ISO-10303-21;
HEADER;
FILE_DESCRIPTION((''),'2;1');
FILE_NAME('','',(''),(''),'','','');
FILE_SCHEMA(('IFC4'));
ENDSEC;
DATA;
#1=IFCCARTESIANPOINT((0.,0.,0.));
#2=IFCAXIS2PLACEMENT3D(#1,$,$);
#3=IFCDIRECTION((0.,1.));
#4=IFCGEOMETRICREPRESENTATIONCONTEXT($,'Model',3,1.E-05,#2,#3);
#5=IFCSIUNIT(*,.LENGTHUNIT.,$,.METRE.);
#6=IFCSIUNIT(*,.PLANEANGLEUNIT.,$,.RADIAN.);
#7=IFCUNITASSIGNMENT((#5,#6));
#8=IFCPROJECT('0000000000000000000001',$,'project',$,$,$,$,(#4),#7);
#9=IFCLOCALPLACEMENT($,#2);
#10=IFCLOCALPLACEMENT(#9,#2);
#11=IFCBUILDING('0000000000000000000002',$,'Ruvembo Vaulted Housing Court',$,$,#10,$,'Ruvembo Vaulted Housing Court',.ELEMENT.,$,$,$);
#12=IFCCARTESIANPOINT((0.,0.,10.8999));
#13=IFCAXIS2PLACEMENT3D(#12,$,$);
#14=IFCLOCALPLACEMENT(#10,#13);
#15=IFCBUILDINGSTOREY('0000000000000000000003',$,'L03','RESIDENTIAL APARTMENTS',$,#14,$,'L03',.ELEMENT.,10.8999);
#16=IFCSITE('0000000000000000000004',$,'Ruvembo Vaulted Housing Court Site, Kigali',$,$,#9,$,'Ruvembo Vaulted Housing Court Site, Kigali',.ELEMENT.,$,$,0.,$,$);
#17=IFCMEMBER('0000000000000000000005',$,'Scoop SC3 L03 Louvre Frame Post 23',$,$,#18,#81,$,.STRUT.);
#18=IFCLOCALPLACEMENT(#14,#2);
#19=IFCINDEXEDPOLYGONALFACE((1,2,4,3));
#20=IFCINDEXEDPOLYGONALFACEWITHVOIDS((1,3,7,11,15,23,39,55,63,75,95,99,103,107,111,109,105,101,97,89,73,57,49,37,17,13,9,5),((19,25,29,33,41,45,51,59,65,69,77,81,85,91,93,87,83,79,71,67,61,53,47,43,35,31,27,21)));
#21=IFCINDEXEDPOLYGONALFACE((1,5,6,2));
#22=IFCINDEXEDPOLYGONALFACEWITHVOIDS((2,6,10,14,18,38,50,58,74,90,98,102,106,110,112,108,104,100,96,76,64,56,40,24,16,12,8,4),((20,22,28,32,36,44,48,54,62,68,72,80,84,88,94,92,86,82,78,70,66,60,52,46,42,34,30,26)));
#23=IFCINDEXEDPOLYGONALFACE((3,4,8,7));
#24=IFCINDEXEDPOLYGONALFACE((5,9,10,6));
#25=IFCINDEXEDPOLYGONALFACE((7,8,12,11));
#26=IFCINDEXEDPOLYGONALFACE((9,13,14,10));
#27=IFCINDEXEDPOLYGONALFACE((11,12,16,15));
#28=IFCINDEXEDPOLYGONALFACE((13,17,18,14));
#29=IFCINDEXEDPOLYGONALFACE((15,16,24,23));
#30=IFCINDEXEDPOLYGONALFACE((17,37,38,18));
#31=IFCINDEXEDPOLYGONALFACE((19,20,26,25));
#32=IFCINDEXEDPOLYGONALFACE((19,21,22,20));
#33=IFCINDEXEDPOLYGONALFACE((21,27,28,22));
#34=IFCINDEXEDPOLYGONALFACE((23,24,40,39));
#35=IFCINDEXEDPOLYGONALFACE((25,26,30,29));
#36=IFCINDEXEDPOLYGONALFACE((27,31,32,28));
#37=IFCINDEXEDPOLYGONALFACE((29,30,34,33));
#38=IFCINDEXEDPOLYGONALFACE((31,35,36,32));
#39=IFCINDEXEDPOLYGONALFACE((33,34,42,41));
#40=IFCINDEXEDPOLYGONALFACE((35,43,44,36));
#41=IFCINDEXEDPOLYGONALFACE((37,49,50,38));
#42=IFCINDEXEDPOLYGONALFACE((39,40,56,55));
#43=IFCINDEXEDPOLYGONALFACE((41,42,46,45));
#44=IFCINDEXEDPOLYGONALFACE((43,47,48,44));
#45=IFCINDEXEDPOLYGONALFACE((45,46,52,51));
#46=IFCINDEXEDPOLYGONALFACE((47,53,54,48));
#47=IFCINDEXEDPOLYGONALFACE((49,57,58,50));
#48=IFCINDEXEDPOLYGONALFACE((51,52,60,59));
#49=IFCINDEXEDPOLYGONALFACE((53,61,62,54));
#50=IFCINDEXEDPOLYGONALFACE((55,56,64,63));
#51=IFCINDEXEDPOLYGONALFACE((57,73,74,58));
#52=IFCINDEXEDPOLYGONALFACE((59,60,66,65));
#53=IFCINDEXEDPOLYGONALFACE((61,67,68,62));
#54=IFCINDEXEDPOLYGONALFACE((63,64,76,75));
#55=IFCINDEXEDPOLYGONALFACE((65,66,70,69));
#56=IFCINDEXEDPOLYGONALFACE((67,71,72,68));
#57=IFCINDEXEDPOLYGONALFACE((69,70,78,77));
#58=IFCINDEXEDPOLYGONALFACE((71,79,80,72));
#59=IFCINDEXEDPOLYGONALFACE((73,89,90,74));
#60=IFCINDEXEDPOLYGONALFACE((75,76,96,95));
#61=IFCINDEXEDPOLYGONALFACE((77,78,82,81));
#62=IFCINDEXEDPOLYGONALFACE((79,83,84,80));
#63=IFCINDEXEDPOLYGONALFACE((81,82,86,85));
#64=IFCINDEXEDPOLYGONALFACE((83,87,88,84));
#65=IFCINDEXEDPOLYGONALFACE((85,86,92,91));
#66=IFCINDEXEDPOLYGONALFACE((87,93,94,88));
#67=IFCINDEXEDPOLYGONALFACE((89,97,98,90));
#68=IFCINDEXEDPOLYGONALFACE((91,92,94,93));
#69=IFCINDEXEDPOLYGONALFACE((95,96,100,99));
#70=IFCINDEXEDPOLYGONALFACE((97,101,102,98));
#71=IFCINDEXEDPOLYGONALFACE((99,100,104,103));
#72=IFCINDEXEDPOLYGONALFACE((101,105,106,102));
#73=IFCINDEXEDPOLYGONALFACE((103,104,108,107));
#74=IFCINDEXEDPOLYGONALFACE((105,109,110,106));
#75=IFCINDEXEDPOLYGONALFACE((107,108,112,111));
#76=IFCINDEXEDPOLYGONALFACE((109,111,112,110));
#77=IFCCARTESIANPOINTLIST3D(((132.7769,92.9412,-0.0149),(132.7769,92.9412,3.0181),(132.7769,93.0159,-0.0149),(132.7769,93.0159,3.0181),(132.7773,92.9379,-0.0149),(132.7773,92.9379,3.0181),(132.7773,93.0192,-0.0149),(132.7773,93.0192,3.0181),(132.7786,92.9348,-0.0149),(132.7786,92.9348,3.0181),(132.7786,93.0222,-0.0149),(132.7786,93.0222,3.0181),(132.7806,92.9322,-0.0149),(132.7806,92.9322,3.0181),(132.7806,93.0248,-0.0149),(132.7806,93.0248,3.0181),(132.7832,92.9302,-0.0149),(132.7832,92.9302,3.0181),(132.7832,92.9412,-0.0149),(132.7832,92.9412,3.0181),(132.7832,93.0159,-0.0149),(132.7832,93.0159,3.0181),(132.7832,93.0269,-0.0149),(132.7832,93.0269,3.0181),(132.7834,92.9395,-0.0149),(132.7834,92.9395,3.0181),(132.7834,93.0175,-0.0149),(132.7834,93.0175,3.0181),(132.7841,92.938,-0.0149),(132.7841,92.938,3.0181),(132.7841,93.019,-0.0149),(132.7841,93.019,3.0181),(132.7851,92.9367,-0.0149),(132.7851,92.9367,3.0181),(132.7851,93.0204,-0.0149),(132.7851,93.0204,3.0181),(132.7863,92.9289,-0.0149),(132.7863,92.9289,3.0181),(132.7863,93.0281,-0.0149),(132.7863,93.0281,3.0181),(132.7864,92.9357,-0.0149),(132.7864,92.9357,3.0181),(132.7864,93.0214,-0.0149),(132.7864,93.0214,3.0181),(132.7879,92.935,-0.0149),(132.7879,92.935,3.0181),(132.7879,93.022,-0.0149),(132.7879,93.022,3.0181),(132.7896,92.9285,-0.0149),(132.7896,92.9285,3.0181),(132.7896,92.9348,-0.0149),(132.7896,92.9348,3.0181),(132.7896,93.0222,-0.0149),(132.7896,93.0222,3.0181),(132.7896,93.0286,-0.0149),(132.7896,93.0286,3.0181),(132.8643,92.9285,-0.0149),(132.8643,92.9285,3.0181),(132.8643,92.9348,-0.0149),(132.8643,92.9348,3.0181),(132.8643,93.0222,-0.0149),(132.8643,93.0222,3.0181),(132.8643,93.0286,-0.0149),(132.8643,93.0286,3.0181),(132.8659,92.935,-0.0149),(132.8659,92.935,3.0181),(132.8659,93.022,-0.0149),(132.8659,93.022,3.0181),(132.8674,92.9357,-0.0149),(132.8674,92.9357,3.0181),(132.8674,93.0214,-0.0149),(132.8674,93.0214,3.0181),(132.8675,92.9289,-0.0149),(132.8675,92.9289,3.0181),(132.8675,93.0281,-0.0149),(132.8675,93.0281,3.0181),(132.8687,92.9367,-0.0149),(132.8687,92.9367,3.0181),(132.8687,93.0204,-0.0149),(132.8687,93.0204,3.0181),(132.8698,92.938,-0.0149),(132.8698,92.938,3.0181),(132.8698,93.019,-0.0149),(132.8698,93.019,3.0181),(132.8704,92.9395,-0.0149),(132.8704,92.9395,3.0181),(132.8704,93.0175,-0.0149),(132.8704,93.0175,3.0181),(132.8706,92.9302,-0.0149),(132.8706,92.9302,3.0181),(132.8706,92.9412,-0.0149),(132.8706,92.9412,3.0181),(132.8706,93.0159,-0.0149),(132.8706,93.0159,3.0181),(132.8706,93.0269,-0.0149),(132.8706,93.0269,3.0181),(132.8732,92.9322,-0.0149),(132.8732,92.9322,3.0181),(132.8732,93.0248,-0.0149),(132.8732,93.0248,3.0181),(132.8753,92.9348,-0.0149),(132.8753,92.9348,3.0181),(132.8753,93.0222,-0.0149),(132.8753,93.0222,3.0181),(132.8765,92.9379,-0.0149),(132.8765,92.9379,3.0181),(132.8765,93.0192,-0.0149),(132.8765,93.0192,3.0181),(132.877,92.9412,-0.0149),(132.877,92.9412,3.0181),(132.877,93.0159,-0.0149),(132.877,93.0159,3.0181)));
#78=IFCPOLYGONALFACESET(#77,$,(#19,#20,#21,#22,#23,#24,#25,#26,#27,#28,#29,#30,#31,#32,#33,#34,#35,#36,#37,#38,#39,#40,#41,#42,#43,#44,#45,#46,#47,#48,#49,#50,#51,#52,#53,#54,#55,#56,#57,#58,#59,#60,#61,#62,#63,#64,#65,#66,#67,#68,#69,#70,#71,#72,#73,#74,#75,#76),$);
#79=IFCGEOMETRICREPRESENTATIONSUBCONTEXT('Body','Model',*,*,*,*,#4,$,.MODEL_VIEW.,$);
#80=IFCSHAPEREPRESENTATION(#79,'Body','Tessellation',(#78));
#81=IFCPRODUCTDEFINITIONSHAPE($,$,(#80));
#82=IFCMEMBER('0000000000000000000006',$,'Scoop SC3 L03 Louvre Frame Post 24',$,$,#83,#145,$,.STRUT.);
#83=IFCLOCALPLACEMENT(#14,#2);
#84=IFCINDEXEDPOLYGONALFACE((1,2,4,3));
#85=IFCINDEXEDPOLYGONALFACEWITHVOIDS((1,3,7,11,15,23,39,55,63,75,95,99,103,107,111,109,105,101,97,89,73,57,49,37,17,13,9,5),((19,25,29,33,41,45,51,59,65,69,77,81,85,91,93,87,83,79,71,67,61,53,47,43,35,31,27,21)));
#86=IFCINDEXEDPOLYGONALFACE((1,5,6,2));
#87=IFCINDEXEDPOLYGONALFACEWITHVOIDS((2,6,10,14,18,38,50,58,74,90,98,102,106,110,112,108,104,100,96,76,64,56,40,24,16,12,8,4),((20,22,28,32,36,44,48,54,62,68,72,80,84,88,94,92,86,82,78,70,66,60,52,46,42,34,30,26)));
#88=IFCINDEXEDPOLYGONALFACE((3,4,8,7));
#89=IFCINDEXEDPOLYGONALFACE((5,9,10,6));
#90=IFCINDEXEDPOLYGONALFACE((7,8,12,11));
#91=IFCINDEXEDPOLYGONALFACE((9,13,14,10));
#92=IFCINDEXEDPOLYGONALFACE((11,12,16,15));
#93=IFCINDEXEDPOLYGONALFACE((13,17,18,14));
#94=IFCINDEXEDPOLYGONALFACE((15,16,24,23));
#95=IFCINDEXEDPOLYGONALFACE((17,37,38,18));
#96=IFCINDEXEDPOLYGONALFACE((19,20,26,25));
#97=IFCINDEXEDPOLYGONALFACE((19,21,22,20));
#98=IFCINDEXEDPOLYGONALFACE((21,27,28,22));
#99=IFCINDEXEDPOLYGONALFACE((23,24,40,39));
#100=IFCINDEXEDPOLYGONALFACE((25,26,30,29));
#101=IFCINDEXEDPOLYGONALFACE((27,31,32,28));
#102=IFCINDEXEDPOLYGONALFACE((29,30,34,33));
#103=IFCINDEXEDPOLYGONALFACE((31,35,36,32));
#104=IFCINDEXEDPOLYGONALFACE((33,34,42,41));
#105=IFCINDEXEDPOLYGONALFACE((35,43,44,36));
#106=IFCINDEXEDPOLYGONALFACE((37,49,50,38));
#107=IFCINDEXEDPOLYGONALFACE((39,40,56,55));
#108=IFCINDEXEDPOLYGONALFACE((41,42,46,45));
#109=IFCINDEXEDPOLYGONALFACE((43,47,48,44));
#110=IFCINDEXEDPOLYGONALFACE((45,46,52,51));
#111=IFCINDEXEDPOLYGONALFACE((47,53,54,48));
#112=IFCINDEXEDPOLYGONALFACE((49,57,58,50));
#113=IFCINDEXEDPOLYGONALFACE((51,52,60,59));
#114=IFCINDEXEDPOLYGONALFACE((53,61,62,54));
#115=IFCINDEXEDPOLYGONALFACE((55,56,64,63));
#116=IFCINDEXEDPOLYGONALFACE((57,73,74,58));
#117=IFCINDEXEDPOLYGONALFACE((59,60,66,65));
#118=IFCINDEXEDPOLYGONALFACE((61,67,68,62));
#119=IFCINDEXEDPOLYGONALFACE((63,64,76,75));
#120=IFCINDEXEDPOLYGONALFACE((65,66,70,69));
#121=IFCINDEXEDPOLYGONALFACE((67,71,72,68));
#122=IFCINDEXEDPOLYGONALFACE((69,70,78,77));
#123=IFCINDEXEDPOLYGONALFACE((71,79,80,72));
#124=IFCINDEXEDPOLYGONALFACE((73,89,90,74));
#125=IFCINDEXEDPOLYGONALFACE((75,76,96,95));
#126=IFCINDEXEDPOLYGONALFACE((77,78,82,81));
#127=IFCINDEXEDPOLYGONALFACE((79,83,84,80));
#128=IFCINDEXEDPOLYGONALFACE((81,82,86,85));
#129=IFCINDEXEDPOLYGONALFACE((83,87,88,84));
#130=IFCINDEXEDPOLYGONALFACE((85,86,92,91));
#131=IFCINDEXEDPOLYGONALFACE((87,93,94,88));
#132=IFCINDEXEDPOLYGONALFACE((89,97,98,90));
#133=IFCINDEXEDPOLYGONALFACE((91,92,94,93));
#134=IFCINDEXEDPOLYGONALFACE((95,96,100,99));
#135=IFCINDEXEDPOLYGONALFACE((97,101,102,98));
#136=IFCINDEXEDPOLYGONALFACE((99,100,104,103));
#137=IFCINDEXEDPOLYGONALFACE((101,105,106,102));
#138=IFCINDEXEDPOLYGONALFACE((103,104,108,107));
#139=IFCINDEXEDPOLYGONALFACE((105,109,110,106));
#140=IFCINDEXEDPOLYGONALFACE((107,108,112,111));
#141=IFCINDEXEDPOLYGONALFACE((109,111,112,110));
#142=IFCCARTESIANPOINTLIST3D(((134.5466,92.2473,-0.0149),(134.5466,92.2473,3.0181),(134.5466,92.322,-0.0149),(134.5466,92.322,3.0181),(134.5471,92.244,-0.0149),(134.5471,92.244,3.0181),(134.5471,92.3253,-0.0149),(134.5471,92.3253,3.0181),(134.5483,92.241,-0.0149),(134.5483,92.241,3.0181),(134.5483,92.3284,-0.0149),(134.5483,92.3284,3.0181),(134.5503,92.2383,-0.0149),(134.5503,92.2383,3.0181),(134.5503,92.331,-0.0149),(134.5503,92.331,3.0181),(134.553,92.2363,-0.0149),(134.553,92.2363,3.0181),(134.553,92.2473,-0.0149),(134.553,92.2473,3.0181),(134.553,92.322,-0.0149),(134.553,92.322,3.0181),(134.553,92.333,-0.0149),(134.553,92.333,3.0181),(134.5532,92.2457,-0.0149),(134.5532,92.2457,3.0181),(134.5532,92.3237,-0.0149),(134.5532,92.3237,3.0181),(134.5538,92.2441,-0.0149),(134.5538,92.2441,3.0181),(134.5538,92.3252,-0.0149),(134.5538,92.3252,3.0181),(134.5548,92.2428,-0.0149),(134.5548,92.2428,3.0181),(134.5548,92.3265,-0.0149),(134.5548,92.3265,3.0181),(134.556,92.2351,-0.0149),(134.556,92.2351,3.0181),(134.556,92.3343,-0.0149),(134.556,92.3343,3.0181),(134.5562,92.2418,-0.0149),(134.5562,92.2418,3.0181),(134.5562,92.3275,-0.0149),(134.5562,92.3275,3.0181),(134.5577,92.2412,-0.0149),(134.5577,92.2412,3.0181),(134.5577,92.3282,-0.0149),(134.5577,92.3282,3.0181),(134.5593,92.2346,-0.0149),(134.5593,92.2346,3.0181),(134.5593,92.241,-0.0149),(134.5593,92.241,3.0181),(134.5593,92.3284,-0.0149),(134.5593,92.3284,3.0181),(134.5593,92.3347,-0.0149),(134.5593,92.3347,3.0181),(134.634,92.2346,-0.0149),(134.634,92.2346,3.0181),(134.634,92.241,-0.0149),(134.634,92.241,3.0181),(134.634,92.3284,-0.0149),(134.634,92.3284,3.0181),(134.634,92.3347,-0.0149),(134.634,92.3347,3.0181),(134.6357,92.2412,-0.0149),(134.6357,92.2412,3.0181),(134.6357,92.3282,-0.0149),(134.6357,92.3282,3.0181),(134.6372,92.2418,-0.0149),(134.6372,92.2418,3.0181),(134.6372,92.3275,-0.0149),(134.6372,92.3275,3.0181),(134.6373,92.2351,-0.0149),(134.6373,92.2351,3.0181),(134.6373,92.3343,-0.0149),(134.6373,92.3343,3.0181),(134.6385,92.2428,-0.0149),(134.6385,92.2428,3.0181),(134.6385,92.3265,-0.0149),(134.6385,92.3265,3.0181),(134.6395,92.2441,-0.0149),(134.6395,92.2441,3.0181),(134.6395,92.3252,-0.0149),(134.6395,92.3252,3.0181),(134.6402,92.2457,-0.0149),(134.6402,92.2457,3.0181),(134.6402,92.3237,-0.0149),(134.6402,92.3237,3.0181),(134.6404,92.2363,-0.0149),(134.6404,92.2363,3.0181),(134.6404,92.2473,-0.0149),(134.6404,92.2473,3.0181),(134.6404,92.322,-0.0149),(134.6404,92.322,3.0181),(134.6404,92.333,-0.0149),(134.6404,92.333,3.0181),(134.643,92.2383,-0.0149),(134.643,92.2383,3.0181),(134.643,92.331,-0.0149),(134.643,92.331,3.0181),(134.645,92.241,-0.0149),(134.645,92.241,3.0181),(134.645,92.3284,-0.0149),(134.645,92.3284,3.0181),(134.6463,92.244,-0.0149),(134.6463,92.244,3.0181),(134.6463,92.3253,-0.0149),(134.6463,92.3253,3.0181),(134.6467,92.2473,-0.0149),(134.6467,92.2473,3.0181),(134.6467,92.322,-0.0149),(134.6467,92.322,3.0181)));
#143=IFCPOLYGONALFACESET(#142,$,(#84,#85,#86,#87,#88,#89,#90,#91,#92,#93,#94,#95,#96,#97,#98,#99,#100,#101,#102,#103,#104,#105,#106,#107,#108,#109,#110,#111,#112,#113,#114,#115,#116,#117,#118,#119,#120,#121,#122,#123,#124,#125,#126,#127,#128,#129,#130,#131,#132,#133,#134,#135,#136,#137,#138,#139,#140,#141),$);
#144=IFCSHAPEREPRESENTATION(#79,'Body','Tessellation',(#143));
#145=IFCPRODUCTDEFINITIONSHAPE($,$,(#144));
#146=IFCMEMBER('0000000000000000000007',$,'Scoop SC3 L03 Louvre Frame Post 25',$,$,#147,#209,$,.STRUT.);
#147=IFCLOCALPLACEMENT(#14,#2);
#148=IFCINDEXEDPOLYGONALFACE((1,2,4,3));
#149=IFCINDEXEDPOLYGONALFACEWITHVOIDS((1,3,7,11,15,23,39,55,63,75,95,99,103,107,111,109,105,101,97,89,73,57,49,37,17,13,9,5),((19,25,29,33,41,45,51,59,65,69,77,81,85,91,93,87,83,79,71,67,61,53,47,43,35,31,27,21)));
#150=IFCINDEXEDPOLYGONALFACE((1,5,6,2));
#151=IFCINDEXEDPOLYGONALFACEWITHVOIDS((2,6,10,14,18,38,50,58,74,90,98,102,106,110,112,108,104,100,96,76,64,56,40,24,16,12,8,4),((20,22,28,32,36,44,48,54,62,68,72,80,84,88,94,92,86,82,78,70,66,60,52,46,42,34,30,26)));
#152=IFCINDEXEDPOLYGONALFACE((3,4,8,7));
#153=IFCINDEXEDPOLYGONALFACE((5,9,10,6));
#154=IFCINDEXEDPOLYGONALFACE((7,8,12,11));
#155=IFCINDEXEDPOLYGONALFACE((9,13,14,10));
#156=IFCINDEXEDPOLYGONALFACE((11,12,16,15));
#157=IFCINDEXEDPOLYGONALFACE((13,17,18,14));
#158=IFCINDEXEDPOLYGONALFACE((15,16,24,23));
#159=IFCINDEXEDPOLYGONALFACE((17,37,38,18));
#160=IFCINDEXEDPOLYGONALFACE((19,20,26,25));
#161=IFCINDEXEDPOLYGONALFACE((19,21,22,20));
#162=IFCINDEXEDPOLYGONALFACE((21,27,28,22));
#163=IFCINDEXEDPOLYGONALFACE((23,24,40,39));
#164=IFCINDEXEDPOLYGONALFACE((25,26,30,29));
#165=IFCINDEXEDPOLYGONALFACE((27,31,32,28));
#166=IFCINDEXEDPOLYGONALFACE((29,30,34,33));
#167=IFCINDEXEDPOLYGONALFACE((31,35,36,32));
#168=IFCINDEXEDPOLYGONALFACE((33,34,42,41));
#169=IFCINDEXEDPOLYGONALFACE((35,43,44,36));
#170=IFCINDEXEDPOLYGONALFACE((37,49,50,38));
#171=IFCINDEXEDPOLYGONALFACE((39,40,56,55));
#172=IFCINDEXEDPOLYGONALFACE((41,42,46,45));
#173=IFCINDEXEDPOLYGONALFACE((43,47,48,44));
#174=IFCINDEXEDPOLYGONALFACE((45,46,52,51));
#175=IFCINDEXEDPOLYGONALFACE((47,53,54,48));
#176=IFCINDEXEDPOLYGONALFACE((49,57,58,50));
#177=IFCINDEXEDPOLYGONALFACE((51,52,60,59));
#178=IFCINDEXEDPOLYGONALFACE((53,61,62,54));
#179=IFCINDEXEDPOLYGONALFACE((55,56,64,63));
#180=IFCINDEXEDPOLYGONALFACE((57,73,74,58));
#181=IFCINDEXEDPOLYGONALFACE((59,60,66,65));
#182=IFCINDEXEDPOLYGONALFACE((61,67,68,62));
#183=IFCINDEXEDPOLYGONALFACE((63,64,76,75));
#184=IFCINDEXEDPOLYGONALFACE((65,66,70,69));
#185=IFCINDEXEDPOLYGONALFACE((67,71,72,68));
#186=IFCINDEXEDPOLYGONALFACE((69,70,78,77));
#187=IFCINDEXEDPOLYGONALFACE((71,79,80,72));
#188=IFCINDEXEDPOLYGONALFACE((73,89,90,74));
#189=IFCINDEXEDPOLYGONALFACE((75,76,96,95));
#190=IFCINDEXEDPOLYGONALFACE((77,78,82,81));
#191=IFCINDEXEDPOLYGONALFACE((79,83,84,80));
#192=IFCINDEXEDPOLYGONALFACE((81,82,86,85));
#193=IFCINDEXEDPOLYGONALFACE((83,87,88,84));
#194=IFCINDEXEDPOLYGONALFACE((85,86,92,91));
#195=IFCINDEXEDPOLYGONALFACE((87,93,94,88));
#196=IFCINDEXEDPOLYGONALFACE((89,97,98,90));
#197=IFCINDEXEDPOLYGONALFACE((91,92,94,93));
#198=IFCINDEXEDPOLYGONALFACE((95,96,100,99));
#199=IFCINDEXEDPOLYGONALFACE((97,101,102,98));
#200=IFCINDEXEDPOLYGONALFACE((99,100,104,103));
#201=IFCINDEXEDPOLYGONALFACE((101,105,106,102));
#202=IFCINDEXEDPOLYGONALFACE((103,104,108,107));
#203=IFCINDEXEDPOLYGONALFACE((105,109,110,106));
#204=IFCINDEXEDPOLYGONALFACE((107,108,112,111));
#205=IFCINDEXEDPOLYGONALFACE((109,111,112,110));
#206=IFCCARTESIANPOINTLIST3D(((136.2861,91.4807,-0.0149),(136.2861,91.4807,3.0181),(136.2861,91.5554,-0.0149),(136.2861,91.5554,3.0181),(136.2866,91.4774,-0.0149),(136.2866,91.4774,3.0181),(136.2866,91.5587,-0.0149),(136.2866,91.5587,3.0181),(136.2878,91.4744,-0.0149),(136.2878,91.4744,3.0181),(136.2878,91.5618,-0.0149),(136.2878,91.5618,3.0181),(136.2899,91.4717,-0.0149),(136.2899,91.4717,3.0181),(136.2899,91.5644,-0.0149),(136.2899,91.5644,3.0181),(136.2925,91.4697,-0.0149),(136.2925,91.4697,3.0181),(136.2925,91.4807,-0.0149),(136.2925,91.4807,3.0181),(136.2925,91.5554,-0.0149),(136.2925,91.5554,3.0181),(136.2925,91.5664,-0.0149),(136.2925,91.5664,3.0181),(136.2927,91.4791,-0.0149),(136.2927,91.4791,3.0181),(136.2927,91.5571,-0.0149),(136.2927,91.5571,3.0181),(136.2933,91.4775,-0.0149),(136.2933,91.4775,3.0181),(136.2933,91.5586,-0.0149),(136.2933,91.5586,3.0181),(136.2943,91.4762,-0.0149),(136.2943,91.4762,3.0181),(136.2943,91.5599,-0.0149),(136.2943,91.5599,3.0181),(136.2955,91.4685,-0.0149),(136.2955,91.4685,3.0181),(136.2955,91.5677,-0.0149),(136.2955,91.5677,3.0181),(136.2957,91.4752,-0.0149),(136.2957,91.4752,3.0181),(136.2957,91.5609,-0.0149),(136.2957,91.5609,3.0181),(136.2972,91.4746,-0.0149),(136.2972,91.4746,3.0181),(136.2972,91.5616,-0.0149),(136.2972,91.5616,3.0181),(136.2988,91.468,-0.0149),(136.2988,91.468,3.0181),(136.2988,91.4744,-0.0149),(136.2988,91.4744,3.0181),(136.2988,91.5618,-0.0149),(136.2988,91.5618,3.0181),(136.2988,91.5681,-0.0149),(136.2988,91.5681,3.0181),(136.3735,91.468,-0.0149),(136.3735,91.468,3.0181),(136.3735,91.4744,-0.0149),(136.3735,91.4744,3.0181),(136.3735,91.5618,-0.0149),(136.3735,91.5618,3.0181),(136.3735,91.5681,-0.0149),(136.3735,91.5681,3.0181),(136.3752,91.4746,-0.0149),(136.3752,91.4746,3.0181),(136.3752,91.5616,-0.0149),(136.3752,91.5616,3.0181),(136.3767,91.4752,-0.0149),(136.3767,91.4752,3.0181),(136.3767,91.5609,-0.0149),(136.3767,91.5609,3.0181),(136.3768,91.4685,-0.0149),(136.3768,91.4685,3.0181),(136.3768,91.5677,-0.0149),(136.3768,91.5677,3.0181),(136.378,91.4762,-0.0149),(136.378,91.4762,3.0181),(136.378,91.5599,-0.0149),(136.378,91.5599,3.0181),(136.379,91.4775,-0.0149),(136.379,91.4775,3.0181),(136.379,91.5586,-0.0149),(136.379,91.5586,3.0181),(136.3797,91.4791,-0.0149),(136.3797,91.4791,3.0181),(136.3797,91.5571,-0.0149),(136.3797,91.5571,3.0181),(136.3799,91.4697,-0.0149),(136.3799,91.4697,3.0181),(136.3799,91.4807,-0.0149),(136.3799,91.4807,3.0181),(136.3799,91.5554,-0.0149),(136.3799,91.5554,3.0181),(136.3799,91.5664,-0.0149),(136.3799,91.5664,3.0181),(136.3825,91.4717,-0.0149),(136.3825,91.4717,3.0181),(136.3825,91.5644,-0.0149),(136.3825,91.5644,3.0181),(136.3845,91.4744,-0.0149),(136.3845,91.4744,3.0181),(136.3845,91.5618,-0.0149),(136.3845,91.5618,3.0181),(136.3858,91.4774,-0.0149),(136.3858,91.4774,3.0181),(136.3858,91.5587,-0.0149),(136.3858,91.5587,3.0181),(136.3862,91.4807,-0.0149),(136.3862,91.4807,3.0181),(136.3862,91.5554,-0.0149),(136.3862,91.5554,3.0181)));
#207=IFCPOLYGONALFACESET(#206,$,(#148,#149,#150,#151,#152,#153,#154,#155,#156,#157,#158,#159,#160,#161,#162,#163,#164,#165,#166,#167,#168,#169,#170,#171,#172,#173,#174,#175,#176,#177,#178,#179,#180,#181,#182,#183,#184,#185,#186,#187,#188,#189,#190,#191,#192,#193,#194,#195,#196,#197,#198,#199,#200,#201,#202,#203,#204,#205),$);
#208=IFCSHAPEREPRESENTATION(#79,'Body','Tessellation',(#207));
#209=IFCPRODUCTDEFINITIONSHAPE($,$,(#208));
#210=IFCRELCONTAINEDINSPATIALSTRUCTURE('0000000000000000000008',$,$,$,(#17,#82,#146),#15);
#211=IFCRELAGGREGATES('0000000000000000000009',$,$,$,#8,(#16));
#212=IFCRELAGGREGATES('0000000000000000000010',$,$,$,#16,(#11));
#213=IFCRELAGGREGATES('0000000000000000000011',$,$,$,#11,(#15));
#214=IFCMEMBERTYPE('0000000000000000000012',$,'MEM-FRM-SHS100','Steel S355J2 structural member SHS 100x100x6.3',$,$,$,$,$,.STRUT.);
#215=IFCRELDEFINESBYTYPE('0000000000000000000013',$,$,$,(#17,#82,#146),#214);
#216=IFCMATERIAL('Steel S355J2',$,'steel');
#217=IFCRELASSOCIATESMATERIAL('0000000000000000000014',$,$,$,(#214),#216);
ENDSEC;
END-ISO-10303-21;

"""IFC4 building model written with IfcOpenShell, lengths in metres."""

from ifc_helpers import new_model, si_unit, direction, frame, origin, origin_2d, place, context, subcontext, project, spatial, hollow_rectangle, extrude, material, material_profile, profile_set, type_object, element, save


model = new_model("IFC4")

# Units and contexts
model_context = context("Model", 3, precision=1e-05, world=origin(), true_north=direction((0.0, 1.0)))
body_context = subcontext(model_context, "Body", "Model", "MODEL_VIEW")
ifc_project = project(units=[si_unit("LENGTHUNIT", "METRE"), si_unit("PLANEANGLEUNIT", "RADIAN")], contexts=[model_context])

# Site, building, storey
site_placement = place(None, origin())
site = spatial("IfcSite", under=ifc_project, at=site_placement, Name="Ruvembo Vaulted Housing Court Site, Kigali", LongName="Ruvembo Vaulted Housing Court Site, Kigali", CompositionType="ELEMENT", RefElevation=0.0)
building_placement = place(site_placement, origin())
building = spatial("IfcBuilding", under=site, at=building_placement, Name="Ruvembo Vaulted Housing Court", LongName="Ruvembo Vaulted Housing Court", CompositionType="ELEMENT")
storey_placement = place(building_placement, frame((0.0, 0.0, 10.8999)))
storey = spatial("IfcBuildingStorey", under=building, at=storey_placement, Name="L03", Description="RESIDENTIAL APARTMENTS", LongName="L03", CompositionType="ELEMENT", Elevation=10.8999)

# Shared definitions
ifc_material_1 = material(Name="Steel S355J2", Category="steel")

# Members
ifc_material_profile_1 = material_profile(ifc_material_1, hollow_rectangle(XDim=0.1001, YDim=0.1001, WallThickness=0.0063, InnerFilletRadius=0.0063, OuterFilletRadius=0.0127, at=origin_2d()), Name="SHS 100x100x6.3")
ifc_profile_set_1 = profile_set([ifc_material_profile_1], Name="Steel S355J2")
member_type_1 = type_object("IfcMemberType", Name="MEM-FRM-SHS100", Description="Steel S355J2 structural member SHS 100x100x6.3", PredefinedType="STRUT", material=ifc_profile_set_1)
for number, where, z_axis, x_axis, name in (
    (1, (132.8269, 92.9785, -0.0149), (0.0, 0.0, 1.0), (1.0, 0.0, 0.0), "Scoop SC3 L03 Louvre Frame Post 23"),
    (2, (134.5967, 92.2847, -0.0149), (0.0, 0.0, 1.0), (1.0, 0.0, 0.0), "Scoop SC3 L03 Louvre Frame Post 24"),
    (3, (136.3362, 91.5181, -0.0149), (0.0, 0.0, 1.0), (1.0, 0.0, 0.0), "Scoop SC3 L03 Louvre Frame Post 25"),
):
    element("IfcMember", number, at=place(storey_placement, frame(where, z_axis=z_axis, x_axis=x_axis)), inside=storey, type_object=member_type_1, Name=name, PredefinedType="STRUT", context=body_context, shape_type="SweptSolid", body=[
        extrude(hollow_rectangle(XDim=0.1001, YDim=0.1001, WallThickness=0.0063, InnerFilletRadius=0.0063, OuterFilletRadius=0.0127, at=origin_2d()), origin(), (0.0, 0.0, 1.0), 3.033),
    ])

save(model, "model.ifc")
